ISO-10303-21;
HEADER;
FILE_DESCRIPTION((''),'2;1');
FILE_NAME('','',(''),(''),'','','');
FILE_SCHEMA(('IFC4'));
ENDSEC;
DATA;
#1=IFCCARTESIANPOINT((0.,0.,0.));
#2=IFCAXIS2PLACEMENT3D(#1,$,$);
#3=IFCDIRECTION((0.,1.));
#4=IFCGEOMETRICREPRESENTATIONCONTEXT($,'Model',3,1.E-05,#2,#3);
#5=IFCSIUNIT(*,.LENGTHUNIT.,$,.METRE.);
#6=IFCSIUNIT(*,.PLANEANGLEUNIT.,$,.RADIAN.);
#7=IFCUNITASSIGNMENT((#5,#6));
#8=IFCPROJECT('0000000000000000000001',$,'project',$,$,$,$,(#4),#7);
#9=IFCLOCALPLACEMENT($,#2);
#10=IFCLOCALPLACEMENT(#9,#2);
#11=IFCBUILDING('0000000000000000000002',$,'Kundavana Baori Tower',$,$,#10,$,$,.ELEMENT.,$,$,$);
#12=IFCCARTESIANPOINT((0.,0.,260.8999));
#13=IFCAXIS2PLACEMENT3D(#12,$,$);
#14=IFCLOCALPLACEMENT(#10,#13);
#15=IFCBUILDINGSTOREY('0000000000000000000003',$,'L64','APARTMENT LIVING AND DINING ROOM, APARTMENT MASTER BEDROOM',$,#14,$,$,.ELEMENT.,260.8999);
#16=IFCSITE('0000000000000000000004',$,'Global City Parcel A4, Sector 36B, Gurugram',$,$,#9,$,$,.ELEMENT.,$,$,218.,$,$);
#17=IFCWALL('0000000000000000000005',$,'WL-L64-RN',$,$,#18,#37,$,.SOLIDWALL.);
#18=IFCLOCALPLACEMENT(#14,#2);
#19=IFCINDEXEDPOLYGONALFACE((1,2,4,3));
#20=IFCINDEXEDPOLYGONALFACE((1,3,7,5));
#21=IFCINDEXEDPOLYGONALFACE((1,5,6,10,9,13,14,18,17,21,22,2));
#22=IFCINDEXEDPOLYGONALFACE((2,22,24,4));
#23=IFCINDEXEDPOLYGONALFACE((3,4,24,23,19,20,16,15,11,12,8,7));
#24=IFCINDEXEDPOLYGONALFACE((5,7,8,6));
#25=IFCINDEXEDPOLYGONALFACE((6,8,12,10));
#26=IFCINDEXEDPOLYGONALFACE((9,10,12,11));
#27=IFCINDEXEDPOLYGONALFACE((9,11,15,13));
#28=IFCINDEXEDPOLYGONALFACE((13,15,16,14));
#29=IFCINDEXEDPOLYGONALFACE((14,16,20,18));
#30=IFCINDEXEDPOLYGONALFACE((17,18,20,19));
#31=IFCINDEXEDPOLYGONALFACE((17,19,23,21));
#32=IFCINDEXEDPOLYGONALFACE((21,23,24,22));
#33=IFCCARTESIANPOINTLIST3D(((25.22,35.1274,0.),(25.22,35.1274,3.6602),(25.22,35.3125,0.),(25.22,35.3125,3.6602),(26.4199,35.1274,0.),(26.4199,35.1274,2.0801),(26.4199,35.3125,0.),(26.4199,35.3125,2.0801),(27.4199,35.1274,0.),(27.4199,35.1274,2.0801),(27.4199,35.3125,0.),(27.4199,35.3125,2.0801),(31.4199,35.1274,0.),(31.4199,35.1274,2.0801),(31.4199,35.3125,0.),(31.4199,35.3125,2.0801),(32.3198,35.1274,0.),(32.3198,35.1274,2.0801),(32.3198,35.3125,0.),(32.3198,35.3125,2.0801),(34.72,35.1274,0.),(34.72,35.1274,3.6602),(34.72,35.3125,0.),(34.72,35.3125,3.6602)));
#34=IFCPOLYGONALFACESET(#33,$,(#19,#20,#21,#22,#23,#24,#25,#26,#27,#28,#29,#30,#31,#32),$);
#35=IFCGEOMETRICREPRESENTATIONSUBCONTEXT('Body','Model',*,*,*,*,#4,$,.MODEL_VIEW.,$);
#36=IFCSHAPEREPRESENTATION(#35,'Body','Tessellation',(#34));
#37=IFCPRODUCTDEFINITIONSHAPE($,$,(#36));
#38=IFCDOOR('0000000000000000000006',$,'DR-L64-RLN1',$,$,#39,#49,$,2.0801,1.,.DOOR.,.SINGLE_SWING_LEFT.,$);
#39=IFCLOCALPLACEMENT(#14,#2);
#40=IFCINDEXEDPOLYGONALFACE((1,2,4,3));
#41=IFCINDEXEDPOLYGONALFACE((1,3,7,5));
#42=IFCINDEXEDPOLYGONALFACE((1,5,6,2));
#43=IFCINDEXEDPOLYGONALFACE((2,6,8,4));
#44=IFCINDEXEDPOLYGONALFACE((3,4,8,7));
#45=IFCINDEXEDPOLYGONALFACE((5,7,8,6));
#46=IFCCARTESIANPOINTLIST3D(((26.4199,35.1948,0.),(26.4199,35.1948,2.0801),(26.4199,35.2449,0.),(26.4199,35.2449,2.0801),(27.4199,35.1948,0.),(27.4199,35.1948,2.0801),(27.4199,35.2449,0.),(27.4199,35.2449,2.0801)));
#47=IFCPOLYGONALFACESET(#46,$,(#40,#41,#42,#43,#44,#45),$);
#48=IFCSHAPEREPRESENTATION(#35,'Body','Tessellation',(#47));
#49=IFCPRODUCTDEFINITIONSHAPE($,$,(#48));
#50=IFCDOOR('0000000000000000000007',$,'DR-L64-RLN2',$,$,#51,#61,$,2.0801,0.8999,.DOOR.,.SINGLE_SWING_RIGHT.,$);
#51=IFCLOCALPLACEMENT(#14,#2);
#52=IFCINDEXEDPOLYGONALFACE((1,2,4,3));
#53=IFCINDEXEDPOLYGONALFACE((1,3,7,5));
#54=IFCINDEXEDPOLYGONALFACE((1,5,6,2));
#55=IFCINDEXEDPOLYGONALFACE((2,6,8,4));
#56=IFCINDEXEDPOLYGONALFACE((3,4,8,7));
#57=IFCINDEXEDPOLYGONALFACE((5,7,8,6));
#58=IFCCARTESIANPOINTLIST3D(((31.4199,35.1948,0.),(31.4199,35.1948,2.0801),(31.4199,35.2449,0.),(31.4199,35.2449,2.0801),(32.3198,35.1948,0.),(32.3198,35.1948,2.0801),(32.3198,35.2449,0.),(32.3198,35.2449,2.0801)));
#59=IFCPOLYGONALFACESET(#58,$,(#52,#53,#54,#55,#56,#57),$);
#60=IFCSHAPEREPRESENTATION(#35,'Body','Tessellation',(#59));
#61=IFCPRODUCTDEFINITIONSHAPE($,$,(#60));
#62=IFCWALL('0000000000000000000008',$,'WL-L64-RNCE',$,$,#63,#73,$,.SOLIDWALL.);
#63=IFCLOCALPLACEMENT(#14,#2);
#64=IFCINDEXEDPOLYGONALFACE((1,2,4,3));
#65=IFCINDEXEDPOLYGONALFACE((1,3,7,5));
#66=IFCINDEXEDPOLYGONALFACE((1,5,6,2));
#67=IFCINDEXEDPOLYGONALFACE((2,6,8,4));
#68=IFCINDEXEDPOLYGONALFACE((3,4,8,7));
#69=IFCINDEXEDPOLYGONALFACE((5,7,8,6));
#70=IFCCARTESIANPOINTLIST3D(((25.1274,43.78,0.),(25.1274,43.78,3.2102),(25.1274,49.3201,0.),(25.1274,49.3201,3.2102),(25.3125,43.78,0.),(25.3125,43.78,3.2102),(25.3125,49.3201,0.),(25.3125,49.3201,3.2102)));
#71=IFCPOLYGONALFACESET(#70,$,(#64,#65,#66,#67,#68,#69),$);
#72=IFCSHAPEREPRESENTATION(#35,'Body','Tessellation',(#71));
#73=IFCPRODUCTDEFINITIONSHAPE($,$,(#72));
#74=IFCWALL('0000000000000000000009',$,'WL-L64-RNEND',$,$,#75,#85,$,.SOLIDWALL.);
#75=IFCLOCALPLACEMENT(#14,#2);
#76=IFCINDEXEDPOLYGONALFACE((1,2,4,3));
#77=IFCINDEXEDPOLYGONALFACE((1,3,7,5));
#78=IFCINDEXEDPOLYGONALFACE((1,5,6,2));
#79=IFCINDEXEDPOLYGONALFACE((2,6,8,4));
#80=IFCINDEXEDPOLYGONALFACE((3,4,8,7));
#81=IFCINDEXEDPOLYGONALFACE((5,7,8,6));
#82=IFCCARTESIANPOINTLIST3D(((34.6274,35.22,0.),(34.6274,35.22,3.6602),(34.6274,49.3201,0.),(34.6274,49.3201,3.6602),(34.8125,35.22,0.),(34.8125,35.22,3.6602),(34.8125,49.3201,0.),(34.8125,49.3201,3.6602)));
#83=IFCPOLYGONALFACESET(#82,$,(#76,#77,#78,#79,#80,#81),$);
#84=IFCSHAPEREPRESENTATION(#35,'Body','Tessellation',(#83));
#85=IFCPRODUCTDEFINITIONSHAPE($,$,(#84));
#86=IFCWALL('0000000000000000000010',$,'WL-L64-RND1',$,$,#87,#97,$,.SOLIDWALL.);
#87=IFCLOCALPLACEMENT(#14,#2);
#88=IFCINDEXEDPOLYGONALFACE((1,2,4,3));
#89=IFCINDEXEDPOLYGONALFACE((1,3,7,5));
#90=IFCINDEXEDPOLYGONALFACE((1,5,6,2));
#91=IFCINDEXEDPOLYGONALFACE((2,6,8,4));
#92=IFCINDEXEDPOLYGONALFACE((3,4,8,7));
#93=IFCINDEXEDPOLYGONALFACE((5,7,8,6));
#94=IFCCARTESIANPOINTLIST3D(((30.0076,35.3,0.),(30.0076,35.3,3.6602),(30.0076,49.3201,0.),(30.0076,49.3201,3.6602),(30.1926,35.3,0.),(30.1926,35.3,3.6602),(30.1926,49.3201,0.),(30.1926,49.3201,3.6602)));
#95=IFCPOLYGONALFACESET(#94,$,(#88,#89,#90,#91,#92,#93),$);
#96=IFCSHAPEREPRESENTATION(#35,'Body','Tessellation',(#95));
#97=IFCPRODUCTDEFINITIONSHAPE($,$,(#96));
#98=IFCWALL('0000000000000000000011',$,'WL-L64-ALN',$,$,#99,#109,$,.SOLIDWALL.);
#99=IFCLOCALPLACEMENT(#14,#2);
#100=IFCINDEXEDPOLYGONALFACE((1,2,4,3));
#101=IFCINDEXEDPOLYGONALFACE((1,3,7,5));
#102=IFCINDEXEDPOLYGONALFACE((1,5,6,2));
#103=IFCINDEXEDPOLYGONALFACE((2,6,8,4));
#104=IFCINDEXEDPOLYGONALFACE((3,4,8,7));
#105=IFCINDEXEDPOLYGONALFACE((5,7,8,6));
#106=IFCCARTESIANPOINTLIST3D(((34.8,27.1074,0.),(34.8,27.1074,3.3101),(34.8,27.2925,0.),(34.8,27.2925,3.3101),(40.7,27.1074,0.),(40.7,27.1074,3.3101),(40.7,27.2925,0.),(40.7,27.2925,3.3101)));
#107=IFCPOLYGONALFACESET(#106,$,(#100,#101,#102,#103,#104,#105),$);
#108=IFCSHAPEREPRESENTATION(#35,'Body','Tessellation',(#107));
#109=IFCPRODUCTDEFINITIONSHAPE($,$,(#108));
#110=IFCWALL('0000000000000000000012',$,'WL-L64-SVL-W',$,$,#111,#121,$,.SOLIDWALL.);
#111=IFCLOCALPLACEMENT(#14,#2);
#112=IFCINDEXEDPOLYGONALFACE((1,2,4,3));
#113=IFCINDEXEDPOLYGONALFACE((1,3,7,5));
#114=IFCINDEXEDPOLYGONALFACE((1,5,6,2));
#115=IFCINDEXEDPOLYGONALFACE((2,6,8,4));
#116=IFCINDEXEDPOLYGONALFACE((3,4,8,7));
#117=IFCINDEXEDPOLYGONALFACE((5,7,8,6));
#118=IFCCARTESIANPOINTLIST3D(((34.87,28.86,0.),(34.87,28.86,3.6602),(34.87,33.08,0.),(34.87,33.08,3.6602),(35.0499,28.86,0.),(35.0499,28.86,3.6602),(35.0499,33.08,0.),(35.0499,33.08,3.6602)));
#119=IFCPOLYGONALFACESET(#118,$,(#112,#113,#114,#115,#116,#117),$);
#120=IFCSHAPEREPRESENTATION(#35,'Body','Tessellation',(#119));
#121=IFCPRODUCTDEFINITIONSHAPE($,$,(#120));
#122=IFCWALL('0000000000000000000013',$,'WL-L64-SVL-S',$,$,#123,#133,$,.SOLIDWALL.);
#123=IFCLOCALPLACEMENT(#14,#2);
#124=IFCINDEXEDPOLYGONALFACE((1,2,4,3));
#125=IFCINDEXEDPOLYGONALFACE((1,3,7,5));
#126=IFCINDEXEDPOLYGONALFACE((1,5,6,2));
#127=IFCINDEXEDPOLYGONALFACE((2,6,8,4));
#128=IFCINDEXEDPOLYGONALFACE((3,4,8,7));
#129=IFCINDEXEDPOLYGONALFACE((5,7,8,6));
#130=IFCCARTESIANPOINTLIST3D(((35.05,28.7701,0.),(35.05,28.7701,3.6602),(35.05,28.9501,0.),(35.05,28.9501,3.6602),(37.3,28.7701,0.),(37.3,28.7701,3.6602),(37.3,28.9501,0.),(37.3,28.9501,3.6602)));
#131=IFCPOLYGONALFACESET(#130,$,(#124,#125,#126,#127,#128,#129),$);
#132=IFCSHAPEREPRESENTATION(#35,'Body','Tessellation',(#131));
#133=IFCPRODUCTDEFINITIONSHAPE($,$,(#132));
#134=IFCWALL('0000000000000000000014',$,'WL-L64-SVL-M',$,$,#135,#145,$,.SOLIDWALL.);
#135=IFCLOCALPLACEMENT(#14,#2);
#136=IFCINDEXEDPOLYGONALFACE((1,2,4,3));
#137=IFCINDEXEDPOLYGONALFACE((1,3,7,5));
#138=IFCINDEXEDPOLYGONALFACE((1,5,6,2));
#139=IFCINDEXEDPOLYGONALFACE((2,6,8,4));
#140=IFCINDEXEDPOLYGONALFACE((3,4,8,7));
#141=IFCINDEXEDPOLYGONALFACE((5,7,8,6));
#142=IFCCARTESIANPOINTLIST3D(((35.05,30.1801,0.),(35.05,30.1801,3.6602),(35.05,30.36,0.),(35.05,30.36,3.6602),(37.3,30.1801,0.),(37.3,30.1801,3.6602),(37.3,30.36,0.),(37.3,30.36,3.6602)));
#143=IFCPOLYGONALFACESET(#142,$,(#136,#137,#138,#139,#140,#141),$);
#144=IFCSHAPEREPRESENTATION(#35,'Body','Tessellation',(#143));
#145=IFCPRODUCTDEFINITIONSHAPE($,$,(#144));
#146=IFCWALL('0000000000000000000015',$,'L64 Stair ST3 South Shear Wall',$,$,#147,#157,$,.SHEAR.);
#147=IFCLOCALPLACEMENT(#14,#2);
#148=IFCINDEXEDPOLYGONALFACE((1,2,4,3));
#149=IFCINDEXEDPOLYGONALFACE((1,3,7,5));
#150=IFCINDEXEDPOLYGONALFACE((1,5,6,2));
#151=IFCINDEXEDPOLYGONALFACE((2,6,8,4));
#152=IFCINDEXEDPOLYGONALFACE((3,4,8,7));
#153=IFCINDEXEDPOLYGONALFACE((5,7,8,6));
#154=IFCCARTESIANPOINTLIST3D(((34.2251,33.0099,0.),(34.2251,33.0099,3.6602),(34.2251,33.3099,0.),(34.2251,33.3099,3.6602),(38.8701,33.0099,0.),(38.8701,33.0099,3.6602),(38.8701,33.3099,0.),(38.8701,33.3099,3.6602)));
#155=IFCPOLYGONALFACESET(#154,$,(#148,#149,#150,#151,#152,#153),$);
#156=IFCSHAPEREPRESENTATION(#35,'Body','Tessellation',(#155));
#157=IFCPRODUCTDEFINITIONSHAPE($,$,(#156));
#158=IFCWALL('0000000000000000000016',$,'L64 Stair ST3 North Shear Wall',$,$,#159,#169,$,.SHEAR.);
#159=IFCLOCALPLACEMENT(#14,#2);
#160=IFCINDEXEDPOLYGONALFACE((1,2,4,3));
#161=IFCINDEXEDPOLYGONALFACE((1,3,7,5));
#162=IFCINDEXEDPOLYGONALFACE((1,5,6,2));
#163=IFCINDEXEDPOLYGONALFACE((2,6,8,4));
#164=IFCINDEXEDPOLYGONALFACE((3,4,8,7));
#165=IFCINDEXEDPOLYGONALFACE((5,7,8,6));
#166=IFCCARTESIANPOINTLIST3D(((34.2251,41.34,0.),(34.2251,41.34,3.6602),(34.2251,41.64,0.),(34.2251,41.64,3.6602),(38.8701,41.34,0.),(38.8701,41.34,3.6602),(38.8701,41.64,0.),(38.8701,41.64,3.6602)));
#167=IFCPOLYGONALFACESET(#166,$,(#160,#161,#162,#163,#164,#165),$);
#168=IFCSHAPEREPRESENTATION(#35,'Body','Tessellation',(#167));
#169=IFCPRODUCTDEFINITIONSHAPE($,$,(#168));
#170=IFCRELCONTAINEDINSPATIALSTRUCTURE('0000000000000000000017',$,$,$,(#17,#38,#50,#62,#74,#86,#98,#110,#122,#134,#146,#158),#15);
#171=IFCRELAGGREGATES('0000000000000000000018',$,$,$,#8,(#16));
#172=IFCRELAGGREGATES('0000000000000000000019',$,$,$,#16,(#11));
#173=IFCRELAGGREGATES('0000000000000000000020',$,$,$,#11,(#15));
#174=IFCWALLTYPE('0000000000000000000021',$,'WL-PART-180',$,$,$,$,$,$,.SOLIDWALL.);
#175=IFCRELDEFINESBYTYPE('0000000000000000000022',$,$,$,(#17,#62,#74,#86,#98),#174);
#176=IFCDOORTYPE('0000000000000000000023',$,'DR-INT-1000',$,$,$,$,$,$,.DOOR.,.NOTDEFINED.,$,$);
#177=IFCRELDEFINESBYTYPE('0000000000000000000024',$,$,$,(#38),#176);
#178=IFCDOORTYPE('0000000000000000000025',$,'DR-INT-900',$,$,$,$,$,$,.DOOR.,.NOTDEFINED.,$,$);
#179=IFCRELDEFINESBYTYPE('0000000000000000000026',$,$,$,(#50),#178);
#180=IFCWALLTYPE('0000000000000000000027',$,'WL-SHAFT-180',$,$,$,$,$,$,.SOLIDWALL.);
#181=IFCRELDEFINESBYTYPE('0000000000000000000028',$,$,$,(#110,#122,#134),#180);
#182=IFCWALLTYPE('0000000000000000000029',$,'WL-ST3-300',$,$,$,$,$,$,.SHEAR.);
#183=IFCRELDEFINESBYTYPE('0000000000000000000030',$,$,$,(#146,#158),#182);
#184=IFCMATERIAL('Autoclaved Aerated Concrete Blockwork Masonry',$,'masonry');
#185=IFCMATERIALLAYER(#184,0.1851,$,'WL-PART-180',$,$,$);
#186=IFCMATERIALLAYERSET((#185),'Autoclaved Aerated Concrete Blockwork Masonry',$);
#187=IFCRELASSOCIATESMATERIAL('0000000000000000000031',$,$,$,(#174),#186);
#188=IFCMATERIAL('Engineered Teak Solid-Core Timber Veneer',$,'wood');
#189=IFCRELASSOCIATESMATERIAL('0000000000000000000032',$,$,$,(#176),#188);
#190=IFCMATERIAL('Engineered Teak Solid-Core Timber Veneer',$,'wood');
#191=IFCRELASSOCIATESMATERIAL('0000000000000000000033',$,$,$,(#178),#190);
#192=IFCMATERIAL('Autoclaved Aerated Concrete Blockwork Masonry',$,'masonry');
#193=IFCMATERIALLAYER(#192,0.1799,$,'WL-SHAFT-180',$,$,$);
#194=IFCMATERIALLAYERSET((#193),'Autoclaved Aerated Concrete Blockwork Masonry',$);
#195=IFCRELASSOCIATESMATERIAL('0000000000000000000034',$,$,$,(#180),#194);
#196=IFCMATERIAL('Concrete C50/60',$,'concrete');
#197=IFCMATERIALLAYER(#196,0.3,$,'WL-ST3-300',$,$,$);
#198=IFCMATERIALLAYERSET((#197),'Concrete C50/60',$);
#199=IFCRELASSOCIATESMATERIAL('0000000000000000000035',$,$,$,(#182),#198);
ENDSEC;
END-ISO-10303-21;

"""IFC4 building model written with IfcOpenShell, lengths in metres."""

from ifc_helpers import new_model, si_unit, direction, frame, frame_2d, origin, place, context, subcontext, project, spatial, rectangle, extrude, material, layer, layer_set, type_object, element, fill, save


model = new_model("IFC4")

# Units and contexts
model_context = context("Model", 3, precision=1e-05, world=origin(), true_north=direction((0.0, 1.0)))
body_context = subcontext(model_context, "Body", "Model", "MODEL_VIEW")
ifc_project = project(units=[si_unit("LENGTHUNIT", "METRE"), si_unit("PLANEANGLEUNIT", "RADIAN")], contexts=[model_context])

# Site, building, storey
site_placement = place(None, origin())
site = spatial("IfcSite", under=ifc_project, at=site_placement, Name="Global City Parcel A4, Sector 36B, Gurugram", CompositionType="ELEMENT", RefElevation=218.0)
building_placement = place(site_placement, origin())
building = spatial("IfcBuilding", under=site, at=building_placement, Name="Kundavana Baori Tower", CompositionType="ELEMENT")
storey_placement = place(building_placement, frame((0.0, 0.0, 260.8999)))
storey = spatial("IfcBuildingStorey", under=building, at=storey_placement, Name="L64", Description="APARTMENT LIVING AND DINING ROOM, APARTMENT MASTER BEDROOM", CompositionType="ELEMENT", Elevation=260.8999)

# Wall, openings, doors
ifc_material_1 = material(Name="Autoclaved Aerated Concrete Blockwork Masonry", Category="masonry")
ifc_layer_1 = layer(ifc_material_1, 0.1851, Name="WL-PART-180")
ifc_layer_set_1 = layer_set([ifc_layer_1], Name="Autoclaved Aerated Concrete Blockwork Masonry")
wall_type_1 = type_object("IfcWallType", Name="WL-PART-180", PredefinedType="SOLIDWALL", material=ifc_layer_set_1)
wall_1_placement = place(storey_placement, frame((25.22, 35.22, 0.0), z_axis=(0.0, 0.0, 1.0), x_axis=(1.0, 0.0, 0.0)))
wall_1 = element("IfcWall", 1, at=wall_1_placement, inside=storey, type_object=wall_type_1, Name="WL-L64-RN", PredefinedType="SOLIDWALL", context=body_context, shape_type="SweptSolid", body=[
    extrude(rectangle(XDim=9.5, YDim=0.1851, at=frame_2d((4.75, 0.0))), origin(), (0.0, 0.0, 1.0), 3.6602),
])
opening_1_placement = place(wall_1_placement, frame((1.2, 0.0, 0.0)))
opening_1 = element("IfcOpeningElement", 2, at=opening_1_placement, cuts=wall_1, PredefinedType="OPENING", context=body_context, shape_type="SweptSolid", body=[
    extrude(rectangle(XDim=1.0, YDim=2.0801, at=frame_2d((0.5, 1.04))), frame((0.0, 0.1025, 0.0), z_axis=(0.0, -1.0, 0.0), x_axis=(1.0, 0.0, 0.0)), (0.0, 0.0, 1.0), 0.2051),
])
opening_2_placement = place(wall_1_placement, frame((6.2, 0.0, 0.0)))
opening_2 = element("IfcOpeningElement", 3, at=opening_2_placement, cuts=wall_1, PredefinedType="OPENING", context=body_context, shape_type="SweptSolid", body=[
    extrude(rectangle(XDim=0.8999, YDim=2.0801, at=frame_2d((0.45, 1.04))), frame((0.0, 0.1025, 0.0), z_axis=(0.0, -1.0, 0.0), x_axis=(1.0, 0.0, 0.0)), (0.0, 0.0, 1.0), 0.2051),
])
ifc_material_2 = material(Name="Engineered Teak Solid-Core Timber Veneer", Category="wood")
door_type_1 = type_object("IfcDoorType", Name="DR-INT-1000", OperationType="NOTDEFINED", PredefinedType="DOOR", material=ifc_material_2)
door_1_placement = place(opening_1_placement, origin())
door_1 = element("IfcDoor", 4, at=door_1_placement, inside=storey, type_object=door_type_1, Name="DR-L64-RLN1", OperationType="SINGLE_SWING_LEFT", OverallHeight=2.0801, OverallWidth=1.0, PredefinedType="DOOR", context=body_context, shape_type="SweptSolid", body=[
    extrude(rectangle(XDim=1.0, YDim=2.0801, at=frame_2d((0.5, 1.04))), frame((0.0, 0.0249, 0.0), z_axis=(0.0, -1.0, 0.0), x_axis=(1.0, 0.0, 0.0)), (0.0, 0.0, 1.0), 0.05),
])
fill(opening_1, door_1)
ifc_material_3 = material(Name="Engineered Teak Solid-Core Timber Veneer", Category="wood")
door_type_2 = type_object("IfcDoorType", Name="DR-INT-900", OperationType="NOTDEFINED", PredefinedType="DOOR", material=ifc_material_3)
door_2_placement = place(opening_2_placement, origin())
door_2 = element("IfcDoor", 5, at=door_2_placement, inside=storey, type_object=door_type_2, Name="DR-L64-RLN2", OperationType="SINGLE_SWING_RIGHT", OverallHeight=2.0801, OverallWidth=0.8999, PredefinedType="DOOR", context=body_context, shape_type="SweptSolid", body=[
    extrude(rectangle(XDim=0.8999, YDim=2.0801, at=frame_2d((0.45, 1.04))), frame((0.0, 0.0249, 0.0), z_axis=(0.0, -1.0, 0.0), x_axis=(1.0, 0.0, 0.0)), (0.0, 0.0, 1.0), 0.05),
])
fill(opening_2, door_2)

# Walls
wall_2_placement = place(storey_placement, frame((25.22, 43.78, 0.0), z_axis=(0.0, 0.0, 1.0), x_axis=(0.0, 1.0, 0.0)))
element("IfcWall", 6, at=wall_2_placement, inside=storey, type_object=wall_type_1, Name="WL-L64-RNCE", PredefinedType="SOLIDWALL", context=body_context, shape_type="SweptSolid", body=[
    extrude(rectangle(XDim=5.54, YDim=0.1851, at=frame_2d((2.77, 0.0))), origin(), (0.0, 0.0, 1.0), 3.2102),
])
wall_3_placement = place(storey_placement, frame((34.72, 35.22, 0.0), z_axis=(0.0, 0.0, 1.0), x_axis=(0.0, 1.0, 0.0)))
element("IfcWall", 7, at=wall_3_placement, inside=storey, type_object=wall_type_1, Name="WL-L64-RNEND", PredefinedType="SOLIDWALL", context=body_context, shape_type="SweptSolid", body=[
    extrude(rectangle(XDim=14.1001, YDim=0.1851, at=frame_2d((7.05, 0.0))), origin(), (0.0, 0.0, 1.0), 3.6602),
])
wall_4_placement = place(storey_placement, frame((30.1001, 35.3, 0.0), z_axis=(0.0, 0.0, 1.0), x_axis=(0.0, 1.0, 0.0)))
element("IfcWall", 8, at=wall_4_placement, inside=storey, type_object=wall_type_1, Name="WL-L64-RND1", PredefinedType="SOLIDWALL", context=body_context, shape_type="SweptSolid", body=[
    extrude(rectangle(XDim=14.02, YDim=0.1851, at=frame_2d((7.01, 0.0))), origin(), (0.0, 0.0, 1.0), 3.6602),
])
wall_5_placement = place(storey_placement, frame((34.8, 27.2, 0.0), z_axis=(0.0, 0.0, 1.0), x_axis=(1.0, 0.0, 0.0)))
element("IfcWall", 9, at=wall_5_placement, inside=storey, type_object=wall_type_1, Name="WL-L64-ALN", PredefinedType="SOLIDWALL", context=body_context, shape_type="SweptSolid", body=[
    extrude(rectangle(XDim=5.8999, YDim=0.1851, at=frame_2d((2.95, 0.0))), origin(), (0.0, 0.0, 1.0), 3.3101),
])
ifc_material_4 = material(Name="Autoclaved Aerated Concrete Blockwork Masonry", Category="masonry")
ifc_layer_2 = layer(ifc_material_4, 0.1799, Name="WL-SHAFT-180")
ifc_layer_set_2 = layer_set([ifc_layer_2], Name="Autoclaved Aerated Concrete Blockwork Masonry")
wall_type_2 = type_object("IfcWallType", Name="WL-SHAFT-180", PredefinedType="SOLIDWALL", material=ifc_layer_set_2)
wall_6_placement = place(storey_placement, frame((34.96, 28.8601, 0.0), z_axis=(0.0, 0.0, 1.0), x_axis=(0.0, 1.0, 0.0)))
element("IfcWall", 10, at=wall_6_placement, inside=storey, type_object=wall_type_2, Name="WL-L64-SVL-W", PredefinedType="SOLIDWALL", context=body_context, shape_type="SweptSolid", body=[
    extrude(rectangle(XDim=4.22, YDim=0.1799, at=frame_2d((2.1099, 0.0))), origin(), (0.0, 0.0, 1.0), 3.6602),
])
for number, where, z_axis, x_axis, name in (
    (11, (35.05, 28.8601, 0.0), (0.0, 0.0, 1.0), (1.0, 0.0, 0.0), "WL-L64-SVL-S"),
    (12, (35.05, 30.27, 0.0), (0.0, 0.0, 1.0), (1.0, 0.0, 0.0), "WL-L64-SVL-M"),
):
    element("IfcWall", number, at=place(storey_placement, frame(where, z_axis=z_axis, x_axis=x_axis)), inside=storey, type_object=wall_type_2, Name=name, PredefinedType="SOLIDWALL", context=body_context, shape_type="SweptSolid", body=[
        extrude(rectangle(XDim=2.25, YDim=0.1799, at=frame_2d((1.125, 0.0))), origin(), (0.0, 0.0, 1.0), 3.6602),
    ])
ifc_material_5 = material(Name="Concrete C50/60", Category="concrete")
ifc_layer_3 = layer(ifc_material_5, 0.3, Name="WL-ST3-300")
ifc_layer_set_3 = layer_set([ifc_layer_3], Name="Concrete C50/60")
wall_type_3 = type_object("IfcWallType", Name="WL-ST3-300", PredefinedType="SHEAR", material=ifc_layer_set_3)
for number, where, z_axis, x_axis, name in (
    (13, (34.2251, 33.1599, 0.0), (0.0, 0.0, 1.0), (1.0, 0.0, 0.0), "L64 Stair ST3 South Shear Wall"),
    (14, (34.2251, 41.49, 0.0), (0.0, 0.0, 1.0), (1.0, 0.0, 0.0), "L64 Stair ST3 North Shear Wall"),
):
    element("IfcWall", number, at=place(storey_placement, frame(where, z_axis=z_axis, x_axis=x_axis)), inside=storey, type_object=wall_type_3, Name=name, PredefinedType="SHEAR", context=body_context, shape_type="SweptSolid", body=[
        extrude(rectangle(XDim=4.645, YDim=0.3, at=frame_2d((2.3225, 0.0))), origin(), (0.0, 0.0, 1.0), 3.6602),
    ])

save(model, "model.ifc")
